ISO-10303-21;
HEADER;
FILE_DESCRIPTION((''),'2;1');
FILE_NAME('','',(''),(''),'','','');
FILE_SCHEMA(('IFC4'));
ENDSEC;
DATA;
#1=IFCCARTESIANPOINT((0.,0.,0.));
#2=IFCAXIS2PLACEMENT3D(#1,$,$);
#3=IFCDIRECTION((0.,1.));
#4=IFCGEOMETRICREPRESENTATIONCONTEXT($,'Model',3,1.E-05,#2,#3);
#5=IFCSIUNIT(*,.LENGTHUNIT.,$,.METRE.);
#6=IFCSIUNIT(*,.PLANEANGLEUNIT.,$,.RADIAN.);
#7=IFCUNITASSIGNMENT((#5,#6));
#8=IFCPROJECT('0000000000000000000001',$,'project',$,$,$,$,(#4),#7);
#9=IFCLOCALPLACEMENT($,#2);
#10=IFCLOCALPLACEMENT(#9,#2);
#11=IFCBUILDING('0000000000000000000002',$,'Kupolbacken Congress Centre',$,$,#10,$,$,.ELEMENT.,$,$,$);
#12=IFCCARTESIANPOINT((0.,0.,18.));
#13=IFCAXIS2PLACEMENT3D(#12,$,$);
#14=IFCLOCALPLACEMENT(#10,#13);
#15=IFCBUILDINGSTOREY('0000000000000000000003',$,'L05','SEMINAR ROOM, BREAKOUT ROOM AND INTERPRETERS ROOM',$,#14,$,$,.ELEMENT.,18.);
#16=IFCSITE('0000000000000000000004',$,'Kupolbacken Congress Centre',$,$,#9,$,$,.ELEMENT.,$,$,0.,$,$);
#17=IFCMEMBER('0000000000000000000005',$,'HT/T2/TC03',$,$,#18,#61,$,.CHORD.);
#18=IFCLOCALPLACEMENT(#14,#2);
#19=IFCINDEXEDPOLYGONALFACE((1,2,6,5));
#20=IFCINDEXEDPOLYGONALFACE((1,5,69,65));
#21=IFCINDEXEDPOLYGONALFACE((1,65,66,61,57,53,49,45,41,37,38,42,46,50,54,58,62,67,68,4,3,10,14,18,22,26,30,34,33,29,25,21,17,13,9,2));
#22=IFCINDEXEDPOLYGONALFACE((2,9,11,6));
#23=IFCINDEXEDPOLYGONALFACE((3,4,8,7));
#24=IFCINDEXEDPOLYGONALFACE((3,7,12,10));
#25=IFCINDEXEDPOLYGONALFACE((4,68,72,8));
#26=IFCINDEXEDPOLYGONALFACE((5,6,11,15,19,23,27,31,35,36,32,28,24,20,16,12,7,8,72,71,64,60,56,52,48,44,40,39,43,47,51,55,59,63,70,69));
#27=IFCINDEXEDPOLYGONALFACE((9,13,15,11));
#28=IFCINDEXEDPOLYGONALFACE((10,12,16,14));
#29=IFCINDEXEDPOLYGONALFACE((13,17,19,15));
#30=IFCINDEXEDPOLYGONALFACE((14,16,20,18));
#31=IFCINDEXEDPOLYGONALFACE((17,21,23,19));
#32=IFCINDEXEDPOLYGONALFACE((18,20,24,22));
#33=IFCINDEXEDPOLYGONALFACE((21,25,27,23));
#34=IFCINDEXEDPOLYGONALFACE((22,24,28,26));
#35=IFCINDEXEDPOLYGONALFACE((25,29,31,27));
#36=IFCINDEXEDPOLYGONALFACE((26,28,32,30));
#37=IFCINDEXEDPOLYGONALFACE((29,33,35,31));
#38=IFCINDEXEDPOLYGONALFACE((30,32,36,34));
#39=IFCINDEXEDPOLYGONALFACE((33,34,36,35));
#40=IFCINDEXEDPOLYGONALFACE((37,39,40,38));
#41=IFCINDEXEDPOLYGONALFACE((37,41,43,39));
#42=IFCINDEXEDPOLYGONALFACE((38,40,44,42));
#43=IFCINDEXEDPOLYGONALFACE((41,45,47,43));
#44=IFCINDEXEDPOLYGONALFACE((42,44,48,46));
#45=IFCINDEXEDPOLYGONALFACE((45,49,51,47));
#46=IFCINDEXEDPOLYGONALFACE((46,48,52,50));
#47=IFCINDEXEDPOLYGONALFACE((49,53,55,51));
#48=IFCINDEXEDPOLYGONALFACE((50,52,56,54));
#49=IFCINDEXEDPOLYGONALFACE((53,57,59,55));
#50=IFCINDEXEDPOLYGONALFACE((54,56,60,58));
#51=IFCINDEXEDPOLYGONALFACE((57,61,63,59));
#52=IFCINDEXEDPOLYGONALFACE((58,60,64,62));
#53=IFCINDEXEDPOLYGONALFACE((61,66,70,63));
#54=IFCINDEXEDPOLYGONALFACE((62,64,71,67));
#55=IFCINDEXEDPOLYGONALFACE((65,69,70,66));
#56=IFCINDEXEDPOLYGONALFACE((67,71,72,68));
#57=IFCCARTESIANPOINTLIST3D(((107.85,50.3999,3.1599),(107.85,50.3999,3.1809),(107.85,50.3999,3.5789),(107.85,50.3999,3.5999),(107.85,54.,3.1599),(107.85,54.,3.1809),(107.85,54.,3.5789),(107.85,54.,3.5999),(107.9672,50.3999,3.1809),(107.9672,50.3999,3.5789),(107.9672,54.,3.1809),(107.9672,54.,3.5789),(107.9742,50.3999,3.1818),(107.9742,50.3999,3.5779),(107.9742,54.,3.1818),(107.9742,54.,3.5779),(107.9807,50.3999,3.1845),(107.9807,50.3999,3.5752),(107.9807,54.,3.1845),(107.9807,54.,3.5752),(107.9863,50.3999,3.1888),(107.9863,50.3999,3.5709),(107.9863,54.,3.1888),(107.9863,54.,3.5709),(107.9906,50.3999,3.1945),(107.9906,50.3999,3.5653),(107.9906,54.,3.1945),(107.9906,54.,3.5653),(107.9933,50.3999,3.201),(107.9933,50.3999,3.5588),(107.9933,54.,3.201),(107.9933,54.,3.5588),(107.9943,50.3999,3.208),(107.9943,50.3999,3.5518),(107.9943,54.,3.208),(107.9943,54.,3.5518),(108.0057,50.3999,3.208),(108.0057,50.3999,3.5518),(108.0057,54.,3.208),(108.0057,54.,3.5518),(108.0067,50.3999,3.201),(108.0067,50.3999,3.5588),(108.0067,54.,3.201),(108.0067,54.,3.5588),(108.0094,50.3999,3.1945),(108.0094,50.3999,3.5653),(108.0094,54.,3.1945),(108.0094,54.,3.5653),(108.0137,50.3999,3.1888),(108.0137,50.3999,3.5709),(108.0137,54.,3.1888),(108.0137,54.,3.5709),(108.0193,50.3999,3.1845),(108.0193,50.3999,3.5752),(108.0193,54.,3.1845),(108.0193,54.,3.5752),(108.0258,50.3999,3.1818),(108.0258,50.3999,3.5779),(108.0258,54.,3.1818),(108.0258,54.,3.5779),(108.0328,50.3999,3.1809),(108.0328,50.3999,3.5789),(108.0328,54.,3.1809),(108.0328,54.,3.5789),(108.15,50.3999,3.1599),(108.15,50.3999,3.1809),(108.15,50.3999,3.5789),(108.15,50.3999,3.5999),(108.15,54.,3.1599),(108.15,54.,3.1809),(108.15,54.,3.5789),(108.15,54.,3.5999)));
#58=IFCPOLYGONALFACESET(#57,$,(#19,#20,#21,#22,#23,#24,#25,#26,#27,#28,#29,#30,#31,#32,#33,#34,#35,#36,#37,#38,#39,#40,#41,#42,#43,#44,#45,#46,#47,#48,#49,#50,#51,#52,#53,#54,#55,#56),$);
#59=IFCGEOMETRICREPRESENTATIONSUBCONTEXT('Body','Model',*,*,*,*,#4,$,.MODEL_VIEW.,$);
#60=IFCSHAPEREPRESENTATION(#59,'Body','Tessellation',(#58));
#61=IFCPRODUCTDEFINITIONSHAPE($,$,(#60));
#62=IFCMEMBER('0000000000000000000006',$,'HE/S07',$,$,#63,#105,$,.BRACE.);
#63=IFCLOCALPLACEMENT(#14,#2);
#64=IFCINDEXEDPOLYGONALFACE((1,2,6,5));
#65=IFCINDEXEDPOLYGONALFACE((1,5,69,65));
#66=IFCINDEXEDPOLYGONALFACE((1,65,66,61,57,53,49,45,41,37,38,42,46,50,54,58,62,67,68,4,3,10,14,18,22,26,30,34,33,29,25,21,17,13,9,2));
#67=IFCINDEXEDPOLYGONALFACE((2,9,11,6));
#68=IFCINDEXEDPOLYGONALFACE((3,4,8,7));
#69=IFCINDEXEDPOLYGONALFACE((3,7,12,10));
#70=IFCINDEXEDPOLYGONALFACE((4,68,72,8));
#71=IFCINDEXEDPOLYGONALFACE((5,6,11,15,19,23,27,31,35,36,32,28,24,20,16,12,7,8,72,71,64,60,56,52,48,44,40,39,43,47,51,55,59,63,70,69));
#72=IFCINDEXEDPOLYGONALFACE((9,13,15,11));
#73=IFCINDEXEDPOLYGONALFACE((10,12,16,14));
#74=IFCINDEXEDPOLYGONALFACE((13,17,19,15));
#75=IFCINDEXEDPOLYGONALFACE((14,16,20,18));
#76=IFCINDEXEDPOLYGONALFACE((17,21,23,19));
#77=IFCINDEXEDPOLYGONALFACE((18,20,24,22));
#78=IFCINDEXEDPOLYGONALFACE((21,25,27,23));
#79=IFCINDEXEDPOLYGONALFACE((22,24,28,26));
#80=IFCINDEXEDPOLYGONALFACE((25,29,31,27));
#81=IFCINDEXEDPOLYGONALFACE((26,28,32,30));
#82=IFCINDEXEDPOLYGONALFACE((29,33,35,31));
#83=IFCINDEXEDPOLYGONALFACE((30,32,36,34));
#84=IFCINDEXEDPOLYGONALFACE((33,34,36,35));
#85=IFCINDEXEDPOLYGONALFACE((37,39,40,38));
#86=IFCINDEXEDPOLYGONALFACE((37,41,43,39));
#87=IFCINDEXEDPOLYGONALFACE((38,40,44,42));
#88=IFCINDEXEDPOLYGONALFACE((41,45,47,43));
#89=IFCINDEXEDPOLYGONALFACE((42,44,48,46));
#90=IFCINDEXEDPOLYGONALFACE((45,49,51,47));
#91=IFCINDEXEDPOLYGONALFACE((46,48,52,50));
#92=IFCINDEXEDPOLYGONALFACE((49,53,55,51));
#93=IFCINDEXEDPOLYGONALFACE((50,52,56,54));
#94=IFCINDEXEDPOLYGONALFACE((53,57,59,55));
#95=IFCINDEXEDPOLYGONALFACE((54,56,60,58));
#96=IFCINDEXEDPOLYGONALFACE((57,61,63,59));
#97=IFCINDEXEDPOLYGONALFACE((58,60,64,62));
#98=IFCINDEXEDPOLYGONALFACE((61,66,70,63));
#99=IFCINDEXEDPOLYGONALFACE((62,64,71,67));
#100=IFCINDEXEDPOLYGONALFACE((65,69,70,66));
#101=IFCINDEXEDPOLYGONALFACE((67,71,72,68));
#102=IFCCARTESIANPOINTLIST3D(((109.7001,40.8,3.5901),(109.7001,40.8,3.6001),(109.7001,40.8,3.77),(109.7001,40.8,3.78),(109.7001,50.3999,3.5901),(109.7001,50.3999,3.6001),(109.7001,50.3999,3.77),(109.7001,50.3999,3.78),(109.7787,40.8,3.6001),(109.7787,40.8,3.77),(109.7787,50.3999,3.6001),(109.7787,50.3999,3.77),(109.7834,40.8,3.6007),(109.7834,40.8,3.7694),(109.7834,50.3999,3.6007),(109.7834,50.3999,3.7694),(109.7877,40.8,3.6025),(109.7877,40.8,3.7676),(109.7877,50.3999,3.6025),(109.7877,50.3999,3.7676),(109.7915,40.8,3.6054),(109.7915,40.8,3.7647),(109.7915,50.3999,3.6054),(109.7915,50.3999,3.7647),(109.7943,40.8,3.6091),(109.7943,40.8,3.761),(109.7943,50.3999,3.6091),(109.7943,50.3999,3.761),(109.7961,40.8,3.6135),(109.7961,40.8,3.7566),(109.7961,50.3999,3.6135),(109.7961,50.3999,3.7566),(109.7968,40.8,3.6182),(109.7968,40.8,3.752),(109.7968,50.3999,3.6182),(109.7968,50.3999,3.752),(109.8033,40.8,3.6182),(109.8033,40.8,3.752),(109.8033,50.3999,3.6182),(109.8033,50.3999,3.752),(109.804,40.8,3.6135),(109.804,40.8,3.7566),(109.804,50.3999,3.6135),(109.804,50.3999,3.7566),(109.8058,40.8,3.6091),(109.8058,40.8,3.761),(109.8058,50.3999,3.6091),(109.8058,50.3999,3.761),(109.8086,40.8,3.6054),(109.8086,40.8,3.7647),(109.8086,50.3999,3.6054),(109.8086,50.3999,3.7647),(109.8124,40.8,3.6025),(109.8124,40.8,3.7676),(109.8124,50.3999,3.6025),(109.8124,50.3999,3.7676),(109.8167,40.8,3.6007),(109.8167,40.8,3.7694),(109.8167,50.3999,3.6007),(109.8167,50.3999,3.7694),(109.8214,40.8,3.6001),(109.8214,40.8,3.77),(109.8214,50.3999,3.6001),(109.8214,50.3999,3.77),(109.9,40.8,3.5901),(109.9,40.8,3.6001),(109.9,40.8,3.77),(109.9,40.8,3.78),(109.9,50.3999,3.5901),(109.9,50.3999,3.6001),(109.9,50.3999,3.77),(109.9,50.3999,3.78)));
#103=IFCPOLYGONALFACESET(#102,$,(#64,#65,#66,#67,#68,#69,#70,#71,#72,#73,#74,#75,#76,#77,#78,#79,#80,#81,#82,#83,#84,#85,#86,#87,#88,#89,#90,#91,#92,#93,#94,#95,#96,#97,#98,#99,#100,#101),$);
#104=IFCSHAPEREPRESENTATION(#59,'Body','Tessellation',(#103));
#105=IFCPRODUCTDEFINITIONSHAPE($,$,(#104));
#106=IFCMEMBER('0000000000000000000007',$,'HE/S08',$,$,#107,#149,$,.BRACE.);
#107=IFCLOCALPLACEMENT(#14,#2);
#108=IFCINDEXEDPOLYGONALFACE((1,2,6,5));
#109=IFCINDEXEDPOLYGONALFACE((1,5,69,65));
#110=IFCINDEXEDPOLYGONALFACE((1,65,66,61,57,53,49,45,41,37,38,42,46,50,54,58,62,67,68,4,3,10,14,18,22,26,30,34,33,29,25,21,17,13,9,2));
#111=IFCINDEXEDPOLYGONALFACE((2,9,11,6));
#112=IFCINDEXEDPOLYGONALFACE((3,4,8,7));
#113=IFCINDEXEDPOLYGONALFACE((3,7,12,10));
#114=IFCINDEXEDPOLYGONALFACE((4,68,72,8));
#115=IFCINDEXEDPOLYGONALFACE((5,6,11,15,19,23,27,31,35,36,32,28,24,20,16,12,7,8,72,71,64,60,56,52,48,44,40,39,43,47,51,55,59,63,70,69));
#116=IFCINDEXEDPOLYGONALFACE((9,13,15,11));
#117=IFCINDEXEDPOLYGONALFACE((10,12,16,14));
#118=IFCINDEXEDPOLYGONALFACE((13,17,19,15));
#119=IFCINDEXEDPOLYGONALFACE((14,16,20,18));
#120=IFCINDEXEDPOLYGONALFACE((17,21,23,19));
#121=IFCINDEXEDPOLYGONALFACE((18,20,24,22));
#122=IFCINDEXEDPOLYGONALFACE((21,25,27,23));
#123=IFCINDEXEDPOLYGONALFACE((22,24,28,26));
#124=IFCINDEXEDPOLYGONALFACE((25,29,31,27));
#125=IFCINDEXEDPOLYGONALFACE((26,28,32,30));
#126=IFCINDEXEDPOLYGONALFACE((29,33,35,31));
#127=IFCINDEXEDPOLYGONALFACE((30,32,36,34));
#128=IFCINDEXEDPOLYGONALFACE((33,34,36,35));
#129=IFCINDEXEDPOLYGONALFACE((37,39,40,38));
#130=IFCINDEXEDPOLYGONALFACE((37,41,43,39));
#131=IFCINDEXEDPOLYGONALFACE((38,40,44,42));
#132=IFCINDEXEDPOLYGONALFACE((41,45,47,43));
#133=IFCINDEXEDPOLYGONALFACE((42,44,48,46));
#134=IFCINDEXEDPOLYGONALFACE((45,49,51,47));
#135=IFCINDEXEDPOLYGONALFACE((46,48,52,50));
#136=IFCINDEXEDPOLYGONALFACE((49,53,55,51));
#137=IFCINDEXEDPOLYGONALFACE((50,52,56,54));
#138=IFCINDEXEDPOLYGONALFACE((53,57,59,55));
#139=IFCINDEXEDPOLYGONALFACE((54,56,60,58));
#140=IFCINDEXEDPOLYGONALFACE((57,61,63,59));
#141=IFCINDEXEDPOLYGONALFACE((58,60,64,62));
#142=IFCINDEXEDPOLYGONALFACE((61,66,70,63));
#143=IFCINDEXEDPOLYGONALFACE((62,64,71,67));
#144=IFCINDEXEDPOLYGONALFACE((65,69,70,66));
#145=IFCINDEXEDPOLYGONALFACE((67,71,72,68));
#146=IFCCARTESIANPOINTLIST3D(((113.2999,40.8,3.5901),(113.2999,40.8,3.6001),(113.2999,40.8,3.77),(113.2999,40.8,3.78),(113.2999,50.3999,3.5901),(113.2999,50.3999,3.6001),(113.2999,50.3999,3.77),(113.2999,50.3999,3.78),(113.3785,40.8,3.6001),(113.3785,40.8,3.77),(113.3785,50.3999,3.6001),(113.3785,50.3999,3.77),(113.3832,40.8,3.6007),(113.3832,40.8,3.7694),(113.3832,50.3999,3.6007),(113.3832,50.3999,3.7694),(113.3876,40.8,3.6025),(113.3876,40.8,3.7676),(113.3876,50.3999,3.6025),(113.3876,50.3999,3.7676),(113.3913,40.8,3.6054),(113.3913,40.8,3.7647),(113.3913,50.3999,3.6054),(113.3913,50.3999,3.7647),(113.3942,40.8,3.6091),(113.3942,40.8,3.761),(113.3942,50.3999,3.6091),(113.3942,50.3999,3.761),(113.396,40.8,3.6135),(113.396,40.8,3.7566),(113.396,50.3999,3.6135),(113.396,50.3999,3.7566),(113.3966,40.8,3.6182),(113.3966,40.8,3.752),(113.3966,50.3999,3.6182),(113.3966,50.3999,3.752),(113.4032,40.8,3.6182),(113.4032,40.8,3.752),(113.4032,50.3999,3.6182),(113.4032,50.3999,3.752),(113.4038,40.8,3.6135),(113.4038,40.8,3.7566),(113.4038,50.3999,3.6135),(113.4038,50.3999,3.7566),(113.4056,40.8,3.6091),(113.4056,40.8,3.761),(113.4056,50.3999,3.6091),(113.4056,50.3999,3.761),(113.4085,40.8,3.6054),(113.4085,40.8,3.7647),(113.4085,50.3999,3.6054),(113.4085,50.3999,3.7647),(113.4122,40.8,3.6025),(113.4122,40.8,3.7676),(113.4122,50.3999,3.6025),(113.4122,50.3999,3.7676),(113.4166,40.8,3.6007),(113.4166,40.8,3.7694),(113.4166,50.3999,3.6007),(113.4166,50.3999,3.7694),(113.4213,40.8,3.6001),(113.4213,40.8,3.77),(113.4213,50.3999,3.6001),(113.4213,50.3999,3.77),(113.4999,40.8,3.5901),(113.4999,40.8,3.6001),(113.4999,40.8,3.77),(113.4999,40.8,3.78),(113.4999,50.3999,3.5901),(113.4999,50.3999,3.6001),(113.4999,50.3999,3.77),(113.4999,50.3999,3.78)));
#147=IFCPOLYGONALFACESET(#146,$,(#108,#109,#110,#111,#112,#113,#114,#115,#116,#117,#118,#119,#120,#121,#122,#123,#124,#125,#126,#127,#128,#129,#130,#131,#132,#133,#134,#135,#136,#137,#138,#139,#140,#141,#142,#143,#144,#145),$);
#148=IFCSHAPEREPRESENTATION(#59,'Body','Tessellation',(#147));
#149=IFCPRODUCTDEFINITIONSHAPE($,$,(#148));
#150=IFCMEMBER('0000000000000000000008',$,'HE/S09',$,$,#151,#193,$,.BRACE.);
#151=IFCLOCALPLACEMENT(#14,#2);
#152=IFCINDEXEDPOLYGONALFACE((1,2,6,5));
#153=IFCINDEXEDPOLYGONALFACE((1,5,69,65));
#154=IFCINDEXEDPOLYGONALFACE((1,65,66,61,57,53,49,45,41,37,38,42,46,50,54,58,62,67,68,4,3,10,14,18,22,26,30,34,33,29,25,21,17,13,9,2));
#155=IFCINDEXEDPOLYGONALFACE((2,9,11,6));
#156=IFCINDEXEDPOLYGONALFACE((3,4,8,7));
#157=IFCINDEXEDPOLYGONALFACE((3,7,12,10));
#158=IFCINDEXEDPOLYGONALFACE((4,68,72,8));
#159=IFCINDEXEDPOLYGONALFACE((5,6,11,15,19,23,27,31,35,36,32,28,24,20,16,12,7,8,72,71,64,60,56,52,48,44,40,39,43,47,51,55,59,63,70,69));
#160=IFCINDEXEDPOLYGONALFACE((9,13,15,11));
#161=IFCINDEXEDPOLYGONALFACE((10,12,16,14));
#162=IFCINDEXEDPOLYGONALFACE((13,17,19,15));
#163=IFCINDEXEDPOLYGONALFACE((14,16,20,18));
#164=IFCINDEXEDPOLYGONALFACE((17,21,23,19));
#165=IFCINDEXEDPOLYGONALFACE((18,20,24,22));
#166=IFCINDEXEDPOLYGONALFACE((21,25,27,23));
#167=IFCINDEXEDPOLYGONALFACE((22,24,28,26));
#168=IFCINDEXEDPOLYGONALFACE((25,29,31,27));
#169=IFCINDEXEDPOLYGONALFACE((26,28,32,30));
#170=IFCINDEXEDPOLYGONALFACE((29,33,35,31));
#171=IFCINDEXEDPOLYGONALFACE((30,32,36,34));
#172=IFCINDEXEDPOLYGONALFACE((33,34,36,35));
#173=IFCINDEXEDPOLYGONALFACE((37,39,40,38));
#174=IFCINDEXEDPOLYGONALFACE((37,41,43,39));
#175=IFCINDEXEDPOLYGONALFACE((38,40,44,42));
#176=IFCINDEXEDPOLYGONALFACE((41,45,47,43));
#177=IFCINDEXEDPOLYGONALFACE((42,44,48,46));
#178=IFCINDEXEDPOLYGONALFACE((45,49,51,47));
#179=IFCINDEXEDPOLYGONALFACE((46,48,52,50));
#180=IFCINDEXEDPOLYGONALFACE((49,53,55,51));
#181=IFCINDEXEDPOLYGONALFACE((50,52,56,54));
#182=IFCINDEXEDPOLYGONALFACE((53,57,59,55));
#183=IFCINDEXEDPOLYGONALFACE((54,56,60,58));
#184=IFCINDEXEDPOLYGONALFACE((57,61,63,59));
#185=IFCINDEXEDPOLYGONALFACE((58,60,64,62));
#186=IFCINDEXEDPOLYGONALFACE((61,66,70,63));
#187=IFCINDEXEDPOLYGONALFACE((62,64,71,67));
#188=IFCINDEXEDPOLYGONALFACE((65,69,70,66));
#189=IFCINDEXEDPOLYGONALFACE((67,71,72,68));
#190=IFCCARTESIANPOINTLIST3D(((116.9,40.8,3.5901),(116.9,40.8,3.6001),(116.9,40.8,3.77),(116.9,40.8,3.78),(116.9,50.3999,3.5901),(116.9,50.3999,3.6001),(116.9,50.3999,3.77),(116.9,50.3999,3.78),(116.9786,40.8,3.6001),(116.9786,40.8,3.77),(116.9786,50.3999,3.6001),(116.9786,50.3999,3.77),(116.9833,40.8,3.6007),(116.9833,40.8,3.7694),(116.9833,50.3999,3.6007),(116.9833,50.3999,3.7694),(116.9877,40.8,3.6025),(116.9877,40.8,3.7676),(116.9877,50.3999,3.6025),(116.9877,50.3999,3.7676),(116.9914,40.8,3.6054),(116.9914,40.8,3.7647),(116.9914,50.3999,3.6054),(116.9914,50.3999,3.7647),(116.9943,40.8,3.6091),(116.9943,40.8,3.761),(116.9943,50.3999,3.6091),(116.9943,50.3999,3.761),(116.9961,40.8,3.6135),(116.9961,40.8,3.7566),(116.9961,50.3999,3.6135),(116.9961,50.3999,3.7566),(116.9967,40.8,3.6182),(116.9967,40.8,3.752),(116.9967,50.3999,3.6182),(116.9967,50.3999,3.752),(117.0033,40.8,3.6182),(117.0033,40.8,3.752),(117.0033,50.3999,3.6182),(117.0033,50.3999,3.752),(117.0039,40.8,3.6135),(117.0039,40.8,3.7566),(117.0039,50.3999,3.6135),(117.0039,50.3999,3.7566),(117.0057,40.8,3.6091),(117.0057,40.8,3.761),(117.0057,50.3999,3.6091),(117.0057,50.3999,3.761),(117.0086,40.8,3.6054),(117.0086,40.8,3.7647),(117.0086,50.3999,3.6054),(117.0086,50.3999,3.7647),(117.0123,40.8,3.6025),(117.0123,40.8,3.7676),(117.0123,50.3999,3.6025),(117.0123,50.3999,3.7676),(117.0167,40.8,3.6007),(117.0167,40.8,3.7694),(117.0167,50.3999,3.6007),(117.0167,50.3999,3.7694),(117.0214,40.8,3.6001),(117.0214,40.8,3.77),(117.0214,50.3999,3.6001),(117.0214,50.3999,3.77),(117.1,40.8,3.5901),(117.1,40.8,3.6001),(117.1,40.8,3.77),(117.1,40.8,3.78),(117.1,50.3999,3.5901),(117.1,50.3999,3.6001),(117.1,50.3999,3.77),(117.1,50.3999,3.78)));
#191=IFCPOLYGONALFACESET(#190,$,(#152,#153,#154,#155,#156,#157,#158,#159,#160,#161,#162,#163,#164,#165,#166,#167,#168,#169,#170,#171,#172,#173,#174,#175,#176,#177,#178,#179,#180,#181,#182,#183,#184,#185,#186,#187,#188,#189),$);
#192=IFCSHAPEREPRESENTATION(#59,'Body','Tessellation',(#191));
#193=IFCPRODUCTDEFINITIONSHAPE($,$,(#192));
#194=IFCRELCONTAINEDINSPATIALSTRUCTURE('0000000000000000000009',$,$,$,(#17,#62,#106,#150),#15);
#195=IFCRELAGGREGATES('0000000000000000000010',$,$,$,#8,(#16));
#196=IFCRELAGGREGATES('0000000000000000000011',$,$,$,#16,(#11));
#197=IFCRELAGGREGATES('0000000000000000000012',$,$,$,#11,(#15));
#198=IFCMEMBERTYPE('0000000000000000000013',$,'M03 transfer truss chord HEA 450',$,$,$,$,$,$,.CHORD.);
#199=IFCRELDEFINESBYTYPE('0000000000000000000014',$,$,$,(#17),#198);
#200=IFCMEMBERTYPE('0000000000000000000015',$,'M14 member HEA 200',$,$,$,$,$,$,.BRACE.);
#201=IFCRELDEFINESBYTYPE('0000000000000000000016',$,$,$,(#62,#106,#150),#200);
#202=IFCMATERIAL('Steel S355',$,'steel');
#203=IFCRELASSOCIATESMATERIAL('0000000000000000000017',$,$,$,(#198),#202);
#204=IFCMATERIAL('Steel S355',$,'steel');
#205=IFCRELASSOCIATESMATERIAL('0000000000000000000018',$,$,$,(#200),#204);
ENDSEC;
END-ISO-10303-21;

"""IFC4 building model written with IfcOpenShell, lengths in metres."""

from ifc_helpers import new_model, si_unit, direction, frame, origin, origin_2d, place, context, subcontext, project, spatial, i_section, extrude, material, material_profile, profile_set, type_object, element, save


model = new_model("IFC4")

# Units and contexts
model_context = context("Model", 3, precision=1e-05, world=origin(), true_north=direction((0.0, 1.0)))
body_context = subcontext(model_context, "Body", "Model", "MODEL_VIEW")
ifc_project = project(units=[si_unit("LENGTHUNIT", "METRE"), si_unit("PLANEANGLEUNIT", "RADIAN")], contexts=[model_context])

# Site, building, storey
site_placement = place(None, origin())
site = spatial("IfcSite", under=ifc_project, at=site_placement, Name="Kupolbacken Congress Centre", CompositionType="ELEMENT", RefElevation=0.0)
building_placement = place(site_placement, origin())
building = spatial("IfcBuilding", under=site, at=building_placement, Name="Kupolbacken Congress Centre", CompositionType="ELEMENT")
storey_placement = place(building_placement, frame((0.0, 0.0, 18.0)))
storey = spatial("IfcBuildingStorey", under=building, at=storey_placement, Name="L05", Description="SEMINAR ROOM, BREAKOUT ROOM AND INTERPRETERS ROOM", CompositionType="ELEMENT", Elevation=18.0)

# Members
ifc_material_1 = material(Name="Steel S355", Category="steel")
ifc_material_profile_1 = material_profile(ifc_material_1, i_section(OverallWidth=0.3, OverallDepth=0.4399, WebThickness=0.0115, FlangeThickness=0.021, FilletRadius=0.0271, at=origin_2d()), Name="HEA 450")
ifc_profile_set_1 = profile_set([ifc_material_profile_1], Name="Steel S355")
member_type_1 = type_object("IfcMemberType", Name="M03 transfer truss chord HEA 450", PredefinedType="CHORD", material=ifc_profile_set_1)
member_1_placement = place(storey_placement, frame((108.0, 50.3999, 3.3799), z_axis=(0.0, 1.0, 0.0), x_axis=(-1.0, 0.0, 0.0)))
element("IfcMember", 1, at=member_1_placement, inside=storey, type_object=member_type_1, Name="HT/T2/TC03", PredefinedType="CHORD", context=body_context, shape_type="SweptSolid", body=[
    extrude(i_section(OverallWidth=0.3, OverallDepth=0.4399, WebThickness=0.0115, FlangeThickness=0.021, FilletRadius=0.0271, at=origin_2d()), origin(), (0.0, 0.0, 1.0), 3.6001),
])
ifc_material_2 = material(Name="Steel S355", Category="steel")
ifc_material_profile_2 = material_profile(ifc_material_2, i_section(OverallWidth=0.2, OverallDepth=0.1899, WebThickness=0.0066, FlangeThickness=0.01, FilletRadius=0.0181, at=origin_2d()), Name="HEA 200")
ifc_profile_set_2 = profile_set([ifc_material_profile_2], Name="Steel S355")
member_type_2 = type_object("IfcMemberType", Name="M14 member HEA 200", PredefinedType="BRACE", material=ifc_profile_set_2)
for number, where, z_axis, x_axis, name in (
    (2, (109.8, 50.3999, 3.6851), (0.0, -1.0, 0.0), (1.0, 0.0, 0.0), "HE/S07"),
    (3, (113.3999, 50.3999, 3.6851), (0.0, -1.0, 0.0), (1.0, 0.0, 0.0), "HE/S08"),
    (4, (117.0, 50.3999, 3.6851), (0.0, -1.0, 0.0), (1.0, 0.0, 0.0), "HE/S09"),
):
    element("IfcMember", number, at=place(storey_placement, frame(where, z_axis=z_axis, x_axis=x_axis)), inside=storey, type_object=member_type_2, Name=name, PredefinedType="BRACE", context=body_context, shape_type="SweptSolid", body=[
        extrude(i_section(OverallWidth=0.2, OverallDepth=0.1899, WebThickness=0.0066, FlangeThickness=0.01, FilletRadius=0.0181, at=origin_2d()), origin(), (0.0, 0.0, 1.0), 9.5999),
    ])

save(model, "model.ifc")
